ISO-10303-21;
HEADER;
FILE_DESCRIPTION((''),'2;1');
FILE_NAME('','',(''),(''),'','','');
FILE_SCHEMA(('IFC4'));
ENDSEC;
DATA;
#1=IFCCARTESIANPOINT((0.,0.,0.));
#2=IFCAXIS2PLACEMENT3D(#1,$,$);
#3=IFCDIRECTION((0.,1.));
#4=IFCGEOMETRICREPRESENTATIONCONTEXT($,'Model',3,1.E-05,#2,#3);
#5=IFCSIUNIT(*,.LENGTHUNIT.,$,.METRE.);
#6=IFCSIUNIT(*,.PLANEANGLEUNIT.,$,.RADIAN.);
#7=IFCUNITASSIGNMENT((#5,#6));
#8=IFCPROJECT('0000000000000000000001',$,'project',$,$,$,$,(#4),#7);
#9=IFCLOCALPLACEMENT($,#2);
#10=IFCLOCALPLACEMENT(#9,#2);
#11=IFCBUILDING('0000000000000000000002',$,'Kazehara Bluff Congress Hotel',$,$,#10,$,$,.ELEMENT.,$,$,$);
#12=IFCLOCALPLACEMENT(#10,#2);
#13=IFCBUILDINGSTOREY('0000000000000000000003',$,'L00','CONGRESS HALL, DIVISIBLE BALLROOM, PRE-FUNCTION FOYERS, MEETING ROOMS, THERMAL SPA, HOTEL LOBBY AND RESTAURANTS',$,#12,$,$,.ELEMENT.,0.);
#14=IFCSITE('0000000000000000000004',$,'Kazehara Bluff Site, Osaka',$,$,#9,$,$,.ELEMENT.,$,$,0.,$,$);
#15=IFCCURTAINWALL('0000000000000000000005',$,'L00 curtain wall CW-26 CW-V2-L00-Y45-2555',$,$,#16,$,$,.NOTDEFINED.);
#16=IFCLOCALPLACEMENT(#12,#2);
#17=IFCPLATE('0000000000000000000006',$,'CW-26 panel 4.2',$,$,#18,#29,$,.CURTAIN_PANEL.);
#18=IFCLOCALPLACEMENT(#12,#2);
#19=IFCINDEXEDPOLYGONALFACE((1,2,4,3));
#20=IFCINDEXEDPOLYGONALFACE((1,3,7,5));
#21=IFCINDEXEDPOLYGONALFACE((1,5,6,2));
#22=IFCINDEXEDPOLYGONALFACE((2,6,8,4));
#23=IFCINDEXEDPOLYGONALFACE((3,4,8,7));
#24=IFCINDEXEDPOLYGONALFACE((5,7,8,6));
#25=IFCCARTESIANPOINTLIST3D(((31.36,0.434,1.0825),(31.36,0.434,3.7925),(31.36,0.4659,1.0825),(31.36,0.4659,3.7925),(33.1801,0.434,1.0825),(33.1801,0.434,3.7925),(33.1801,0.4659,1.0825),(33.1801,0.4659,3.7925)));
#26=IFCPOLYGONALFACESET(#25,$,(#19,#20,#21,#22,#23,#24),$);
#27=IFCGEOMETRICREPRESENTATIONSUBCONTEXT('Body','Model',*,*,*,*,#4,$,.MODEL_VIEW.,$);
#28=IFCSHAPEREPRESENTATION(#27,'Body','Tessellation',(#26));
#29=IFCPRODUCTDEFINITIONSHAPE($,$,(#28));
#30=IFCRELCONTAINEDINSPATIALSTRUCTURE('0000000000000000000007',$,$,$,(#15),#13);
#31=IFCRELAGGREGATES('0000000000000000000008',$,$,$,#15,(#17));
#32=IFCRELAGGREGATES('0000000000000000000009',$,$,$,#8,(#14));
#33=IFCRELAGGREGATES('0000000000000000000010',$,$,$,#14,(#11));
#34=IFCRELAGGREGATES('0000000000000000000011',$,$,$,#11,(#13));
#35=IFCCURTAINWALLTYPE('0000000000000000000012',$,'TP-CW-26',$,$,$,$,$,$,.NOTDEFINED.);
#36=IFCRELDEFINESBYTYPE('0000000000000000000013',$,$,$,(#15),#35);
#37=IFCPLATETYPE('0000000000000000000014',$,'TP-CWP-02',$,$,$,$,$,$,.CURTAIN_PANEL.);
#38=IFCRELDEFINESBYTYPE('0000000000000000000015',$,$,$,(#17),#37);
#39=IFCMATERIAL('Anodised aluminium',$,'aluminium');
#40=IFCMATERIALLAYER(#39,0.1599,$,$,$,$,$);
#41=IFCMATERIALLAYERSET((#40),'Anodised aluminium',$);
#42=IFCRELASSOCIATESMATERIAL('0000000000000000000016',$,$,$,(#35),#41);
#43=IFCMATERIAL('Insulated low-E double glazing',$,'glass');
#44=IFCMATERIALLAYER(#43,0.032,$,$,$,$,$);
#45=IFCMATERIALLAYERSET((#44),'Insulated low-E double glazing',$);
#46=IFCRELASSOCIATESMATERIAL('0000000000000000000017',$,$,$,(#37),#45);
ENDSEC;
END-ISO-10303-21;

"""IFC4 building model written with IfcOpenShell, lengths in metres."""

from ifc_helpers import new_model, si_unit, direction, frame, origin, origin_2d, place, context, subcontext, project, spatial, rectangle, extrude, material, layer, layer_set, type_object, element, aggregate, save


model = new_model("IFC4")

# Units and contexts
model_context = context("Model", 3, precision=1e-05, world=origin(), true_north=direction((0.0, 1.0)))
body_context = subcontext(model_context, "Body", "Model", "MODEL_VIEW")
ifc_project = project(units=[si_unit("LENGTHUNIT", "METRE"), si_unit("PLANEANGLEUNIT", "RADIAN")], contexts=[model_context])

# Site, building, storey
site_placement = place(None, origin())
site = spatial("IfcSite", under=ifc_project, at=site_placement, Name="Kazehara Bluff Site, Osaka", CompositionType="ELEMENT", RefElevation=0.0)
building_placement = place(site_placement, origin())
building = spatial("IfcBuilding", under=site, at=building_placement, Name="Kazehara Bluff Congress Hotel", CompositionType="ELEMENT")
storey_placement = place(building_placement, origin())
storey = spatial("IfcBuildingStorey", under=building, at=storey_placement, Name="L00", Description="CONGRESS HALL, DIVISIBLE BALLROOM, PRE-FUNCTION FOYERS, MEETING ROOMS, THERMAL SPA, HOTEL LOBBY AND RESTAURANTS", CompositionType="ELEMENT", Elevation=0.0)

# Curtain wall, plate
ifc_material_1 = material(Name="Anodised aluminium", Category="aluminium")
ifc_layer_1 = layer(ifc_material_1, 0.1599)
ifc_layer_set_1 = layer_set([ifc_layer_1], Name="Anodised aluminium")
curtain_wall_type = type_object("IfcCurtainWallType", Name="TP-CW-26", PredefinedType="NOTDEFINED", material=ifc_layer_set_1)
curtain_wall_placement = place(storey_placement, origin())
curtain_wall = element("IfcCurtainWall", 1, at=curtain_wall_placement, inside=storey, type_object=curtain_wall_type, Name="L00 curtain wall CW-26 CW-V2-L00-Y45-2555", PredefinedType="NOTDEFINED")
ifc_material_2 = material(Name="Insulated low-E double glazing", Category="glass")
ifc_layer_2 = layer(ifc_material_2, 0.032)
ifc_layer_set_2 = layer_set([ifc_layer_2], Name="Insulated low-E double glazing")
plate_type = type_object("IfcPlateType", Name="TP-CWP-02", PredefinedType="CURTAIN_PANEL", material=ifc_layer_set_2)
plate_1_placement = place(storey_placement, frame((32.27, 0.45, 1.0825), z_axis=(0.0, 0.0, 1.0), x_axis=(1.0, 0.0, 0.0)))
plate_1 = element("IfcPlate", 2, at=plate_1_placement, type_object=plate_type, Name="CW-26 panel 4.2", PredefinedType="CURTAIN_PANEL", context=body_context, shape_type="SweptSolid", body=[
    extrude(rectangle(XDim=1.8201, YDim=0.032, at=origin_2d()), origin(), (0.0, 0.0, 1.0), 2.71),
])
aggregate(curtain_wall, [plate_1])

save(model, "model.ifc")
